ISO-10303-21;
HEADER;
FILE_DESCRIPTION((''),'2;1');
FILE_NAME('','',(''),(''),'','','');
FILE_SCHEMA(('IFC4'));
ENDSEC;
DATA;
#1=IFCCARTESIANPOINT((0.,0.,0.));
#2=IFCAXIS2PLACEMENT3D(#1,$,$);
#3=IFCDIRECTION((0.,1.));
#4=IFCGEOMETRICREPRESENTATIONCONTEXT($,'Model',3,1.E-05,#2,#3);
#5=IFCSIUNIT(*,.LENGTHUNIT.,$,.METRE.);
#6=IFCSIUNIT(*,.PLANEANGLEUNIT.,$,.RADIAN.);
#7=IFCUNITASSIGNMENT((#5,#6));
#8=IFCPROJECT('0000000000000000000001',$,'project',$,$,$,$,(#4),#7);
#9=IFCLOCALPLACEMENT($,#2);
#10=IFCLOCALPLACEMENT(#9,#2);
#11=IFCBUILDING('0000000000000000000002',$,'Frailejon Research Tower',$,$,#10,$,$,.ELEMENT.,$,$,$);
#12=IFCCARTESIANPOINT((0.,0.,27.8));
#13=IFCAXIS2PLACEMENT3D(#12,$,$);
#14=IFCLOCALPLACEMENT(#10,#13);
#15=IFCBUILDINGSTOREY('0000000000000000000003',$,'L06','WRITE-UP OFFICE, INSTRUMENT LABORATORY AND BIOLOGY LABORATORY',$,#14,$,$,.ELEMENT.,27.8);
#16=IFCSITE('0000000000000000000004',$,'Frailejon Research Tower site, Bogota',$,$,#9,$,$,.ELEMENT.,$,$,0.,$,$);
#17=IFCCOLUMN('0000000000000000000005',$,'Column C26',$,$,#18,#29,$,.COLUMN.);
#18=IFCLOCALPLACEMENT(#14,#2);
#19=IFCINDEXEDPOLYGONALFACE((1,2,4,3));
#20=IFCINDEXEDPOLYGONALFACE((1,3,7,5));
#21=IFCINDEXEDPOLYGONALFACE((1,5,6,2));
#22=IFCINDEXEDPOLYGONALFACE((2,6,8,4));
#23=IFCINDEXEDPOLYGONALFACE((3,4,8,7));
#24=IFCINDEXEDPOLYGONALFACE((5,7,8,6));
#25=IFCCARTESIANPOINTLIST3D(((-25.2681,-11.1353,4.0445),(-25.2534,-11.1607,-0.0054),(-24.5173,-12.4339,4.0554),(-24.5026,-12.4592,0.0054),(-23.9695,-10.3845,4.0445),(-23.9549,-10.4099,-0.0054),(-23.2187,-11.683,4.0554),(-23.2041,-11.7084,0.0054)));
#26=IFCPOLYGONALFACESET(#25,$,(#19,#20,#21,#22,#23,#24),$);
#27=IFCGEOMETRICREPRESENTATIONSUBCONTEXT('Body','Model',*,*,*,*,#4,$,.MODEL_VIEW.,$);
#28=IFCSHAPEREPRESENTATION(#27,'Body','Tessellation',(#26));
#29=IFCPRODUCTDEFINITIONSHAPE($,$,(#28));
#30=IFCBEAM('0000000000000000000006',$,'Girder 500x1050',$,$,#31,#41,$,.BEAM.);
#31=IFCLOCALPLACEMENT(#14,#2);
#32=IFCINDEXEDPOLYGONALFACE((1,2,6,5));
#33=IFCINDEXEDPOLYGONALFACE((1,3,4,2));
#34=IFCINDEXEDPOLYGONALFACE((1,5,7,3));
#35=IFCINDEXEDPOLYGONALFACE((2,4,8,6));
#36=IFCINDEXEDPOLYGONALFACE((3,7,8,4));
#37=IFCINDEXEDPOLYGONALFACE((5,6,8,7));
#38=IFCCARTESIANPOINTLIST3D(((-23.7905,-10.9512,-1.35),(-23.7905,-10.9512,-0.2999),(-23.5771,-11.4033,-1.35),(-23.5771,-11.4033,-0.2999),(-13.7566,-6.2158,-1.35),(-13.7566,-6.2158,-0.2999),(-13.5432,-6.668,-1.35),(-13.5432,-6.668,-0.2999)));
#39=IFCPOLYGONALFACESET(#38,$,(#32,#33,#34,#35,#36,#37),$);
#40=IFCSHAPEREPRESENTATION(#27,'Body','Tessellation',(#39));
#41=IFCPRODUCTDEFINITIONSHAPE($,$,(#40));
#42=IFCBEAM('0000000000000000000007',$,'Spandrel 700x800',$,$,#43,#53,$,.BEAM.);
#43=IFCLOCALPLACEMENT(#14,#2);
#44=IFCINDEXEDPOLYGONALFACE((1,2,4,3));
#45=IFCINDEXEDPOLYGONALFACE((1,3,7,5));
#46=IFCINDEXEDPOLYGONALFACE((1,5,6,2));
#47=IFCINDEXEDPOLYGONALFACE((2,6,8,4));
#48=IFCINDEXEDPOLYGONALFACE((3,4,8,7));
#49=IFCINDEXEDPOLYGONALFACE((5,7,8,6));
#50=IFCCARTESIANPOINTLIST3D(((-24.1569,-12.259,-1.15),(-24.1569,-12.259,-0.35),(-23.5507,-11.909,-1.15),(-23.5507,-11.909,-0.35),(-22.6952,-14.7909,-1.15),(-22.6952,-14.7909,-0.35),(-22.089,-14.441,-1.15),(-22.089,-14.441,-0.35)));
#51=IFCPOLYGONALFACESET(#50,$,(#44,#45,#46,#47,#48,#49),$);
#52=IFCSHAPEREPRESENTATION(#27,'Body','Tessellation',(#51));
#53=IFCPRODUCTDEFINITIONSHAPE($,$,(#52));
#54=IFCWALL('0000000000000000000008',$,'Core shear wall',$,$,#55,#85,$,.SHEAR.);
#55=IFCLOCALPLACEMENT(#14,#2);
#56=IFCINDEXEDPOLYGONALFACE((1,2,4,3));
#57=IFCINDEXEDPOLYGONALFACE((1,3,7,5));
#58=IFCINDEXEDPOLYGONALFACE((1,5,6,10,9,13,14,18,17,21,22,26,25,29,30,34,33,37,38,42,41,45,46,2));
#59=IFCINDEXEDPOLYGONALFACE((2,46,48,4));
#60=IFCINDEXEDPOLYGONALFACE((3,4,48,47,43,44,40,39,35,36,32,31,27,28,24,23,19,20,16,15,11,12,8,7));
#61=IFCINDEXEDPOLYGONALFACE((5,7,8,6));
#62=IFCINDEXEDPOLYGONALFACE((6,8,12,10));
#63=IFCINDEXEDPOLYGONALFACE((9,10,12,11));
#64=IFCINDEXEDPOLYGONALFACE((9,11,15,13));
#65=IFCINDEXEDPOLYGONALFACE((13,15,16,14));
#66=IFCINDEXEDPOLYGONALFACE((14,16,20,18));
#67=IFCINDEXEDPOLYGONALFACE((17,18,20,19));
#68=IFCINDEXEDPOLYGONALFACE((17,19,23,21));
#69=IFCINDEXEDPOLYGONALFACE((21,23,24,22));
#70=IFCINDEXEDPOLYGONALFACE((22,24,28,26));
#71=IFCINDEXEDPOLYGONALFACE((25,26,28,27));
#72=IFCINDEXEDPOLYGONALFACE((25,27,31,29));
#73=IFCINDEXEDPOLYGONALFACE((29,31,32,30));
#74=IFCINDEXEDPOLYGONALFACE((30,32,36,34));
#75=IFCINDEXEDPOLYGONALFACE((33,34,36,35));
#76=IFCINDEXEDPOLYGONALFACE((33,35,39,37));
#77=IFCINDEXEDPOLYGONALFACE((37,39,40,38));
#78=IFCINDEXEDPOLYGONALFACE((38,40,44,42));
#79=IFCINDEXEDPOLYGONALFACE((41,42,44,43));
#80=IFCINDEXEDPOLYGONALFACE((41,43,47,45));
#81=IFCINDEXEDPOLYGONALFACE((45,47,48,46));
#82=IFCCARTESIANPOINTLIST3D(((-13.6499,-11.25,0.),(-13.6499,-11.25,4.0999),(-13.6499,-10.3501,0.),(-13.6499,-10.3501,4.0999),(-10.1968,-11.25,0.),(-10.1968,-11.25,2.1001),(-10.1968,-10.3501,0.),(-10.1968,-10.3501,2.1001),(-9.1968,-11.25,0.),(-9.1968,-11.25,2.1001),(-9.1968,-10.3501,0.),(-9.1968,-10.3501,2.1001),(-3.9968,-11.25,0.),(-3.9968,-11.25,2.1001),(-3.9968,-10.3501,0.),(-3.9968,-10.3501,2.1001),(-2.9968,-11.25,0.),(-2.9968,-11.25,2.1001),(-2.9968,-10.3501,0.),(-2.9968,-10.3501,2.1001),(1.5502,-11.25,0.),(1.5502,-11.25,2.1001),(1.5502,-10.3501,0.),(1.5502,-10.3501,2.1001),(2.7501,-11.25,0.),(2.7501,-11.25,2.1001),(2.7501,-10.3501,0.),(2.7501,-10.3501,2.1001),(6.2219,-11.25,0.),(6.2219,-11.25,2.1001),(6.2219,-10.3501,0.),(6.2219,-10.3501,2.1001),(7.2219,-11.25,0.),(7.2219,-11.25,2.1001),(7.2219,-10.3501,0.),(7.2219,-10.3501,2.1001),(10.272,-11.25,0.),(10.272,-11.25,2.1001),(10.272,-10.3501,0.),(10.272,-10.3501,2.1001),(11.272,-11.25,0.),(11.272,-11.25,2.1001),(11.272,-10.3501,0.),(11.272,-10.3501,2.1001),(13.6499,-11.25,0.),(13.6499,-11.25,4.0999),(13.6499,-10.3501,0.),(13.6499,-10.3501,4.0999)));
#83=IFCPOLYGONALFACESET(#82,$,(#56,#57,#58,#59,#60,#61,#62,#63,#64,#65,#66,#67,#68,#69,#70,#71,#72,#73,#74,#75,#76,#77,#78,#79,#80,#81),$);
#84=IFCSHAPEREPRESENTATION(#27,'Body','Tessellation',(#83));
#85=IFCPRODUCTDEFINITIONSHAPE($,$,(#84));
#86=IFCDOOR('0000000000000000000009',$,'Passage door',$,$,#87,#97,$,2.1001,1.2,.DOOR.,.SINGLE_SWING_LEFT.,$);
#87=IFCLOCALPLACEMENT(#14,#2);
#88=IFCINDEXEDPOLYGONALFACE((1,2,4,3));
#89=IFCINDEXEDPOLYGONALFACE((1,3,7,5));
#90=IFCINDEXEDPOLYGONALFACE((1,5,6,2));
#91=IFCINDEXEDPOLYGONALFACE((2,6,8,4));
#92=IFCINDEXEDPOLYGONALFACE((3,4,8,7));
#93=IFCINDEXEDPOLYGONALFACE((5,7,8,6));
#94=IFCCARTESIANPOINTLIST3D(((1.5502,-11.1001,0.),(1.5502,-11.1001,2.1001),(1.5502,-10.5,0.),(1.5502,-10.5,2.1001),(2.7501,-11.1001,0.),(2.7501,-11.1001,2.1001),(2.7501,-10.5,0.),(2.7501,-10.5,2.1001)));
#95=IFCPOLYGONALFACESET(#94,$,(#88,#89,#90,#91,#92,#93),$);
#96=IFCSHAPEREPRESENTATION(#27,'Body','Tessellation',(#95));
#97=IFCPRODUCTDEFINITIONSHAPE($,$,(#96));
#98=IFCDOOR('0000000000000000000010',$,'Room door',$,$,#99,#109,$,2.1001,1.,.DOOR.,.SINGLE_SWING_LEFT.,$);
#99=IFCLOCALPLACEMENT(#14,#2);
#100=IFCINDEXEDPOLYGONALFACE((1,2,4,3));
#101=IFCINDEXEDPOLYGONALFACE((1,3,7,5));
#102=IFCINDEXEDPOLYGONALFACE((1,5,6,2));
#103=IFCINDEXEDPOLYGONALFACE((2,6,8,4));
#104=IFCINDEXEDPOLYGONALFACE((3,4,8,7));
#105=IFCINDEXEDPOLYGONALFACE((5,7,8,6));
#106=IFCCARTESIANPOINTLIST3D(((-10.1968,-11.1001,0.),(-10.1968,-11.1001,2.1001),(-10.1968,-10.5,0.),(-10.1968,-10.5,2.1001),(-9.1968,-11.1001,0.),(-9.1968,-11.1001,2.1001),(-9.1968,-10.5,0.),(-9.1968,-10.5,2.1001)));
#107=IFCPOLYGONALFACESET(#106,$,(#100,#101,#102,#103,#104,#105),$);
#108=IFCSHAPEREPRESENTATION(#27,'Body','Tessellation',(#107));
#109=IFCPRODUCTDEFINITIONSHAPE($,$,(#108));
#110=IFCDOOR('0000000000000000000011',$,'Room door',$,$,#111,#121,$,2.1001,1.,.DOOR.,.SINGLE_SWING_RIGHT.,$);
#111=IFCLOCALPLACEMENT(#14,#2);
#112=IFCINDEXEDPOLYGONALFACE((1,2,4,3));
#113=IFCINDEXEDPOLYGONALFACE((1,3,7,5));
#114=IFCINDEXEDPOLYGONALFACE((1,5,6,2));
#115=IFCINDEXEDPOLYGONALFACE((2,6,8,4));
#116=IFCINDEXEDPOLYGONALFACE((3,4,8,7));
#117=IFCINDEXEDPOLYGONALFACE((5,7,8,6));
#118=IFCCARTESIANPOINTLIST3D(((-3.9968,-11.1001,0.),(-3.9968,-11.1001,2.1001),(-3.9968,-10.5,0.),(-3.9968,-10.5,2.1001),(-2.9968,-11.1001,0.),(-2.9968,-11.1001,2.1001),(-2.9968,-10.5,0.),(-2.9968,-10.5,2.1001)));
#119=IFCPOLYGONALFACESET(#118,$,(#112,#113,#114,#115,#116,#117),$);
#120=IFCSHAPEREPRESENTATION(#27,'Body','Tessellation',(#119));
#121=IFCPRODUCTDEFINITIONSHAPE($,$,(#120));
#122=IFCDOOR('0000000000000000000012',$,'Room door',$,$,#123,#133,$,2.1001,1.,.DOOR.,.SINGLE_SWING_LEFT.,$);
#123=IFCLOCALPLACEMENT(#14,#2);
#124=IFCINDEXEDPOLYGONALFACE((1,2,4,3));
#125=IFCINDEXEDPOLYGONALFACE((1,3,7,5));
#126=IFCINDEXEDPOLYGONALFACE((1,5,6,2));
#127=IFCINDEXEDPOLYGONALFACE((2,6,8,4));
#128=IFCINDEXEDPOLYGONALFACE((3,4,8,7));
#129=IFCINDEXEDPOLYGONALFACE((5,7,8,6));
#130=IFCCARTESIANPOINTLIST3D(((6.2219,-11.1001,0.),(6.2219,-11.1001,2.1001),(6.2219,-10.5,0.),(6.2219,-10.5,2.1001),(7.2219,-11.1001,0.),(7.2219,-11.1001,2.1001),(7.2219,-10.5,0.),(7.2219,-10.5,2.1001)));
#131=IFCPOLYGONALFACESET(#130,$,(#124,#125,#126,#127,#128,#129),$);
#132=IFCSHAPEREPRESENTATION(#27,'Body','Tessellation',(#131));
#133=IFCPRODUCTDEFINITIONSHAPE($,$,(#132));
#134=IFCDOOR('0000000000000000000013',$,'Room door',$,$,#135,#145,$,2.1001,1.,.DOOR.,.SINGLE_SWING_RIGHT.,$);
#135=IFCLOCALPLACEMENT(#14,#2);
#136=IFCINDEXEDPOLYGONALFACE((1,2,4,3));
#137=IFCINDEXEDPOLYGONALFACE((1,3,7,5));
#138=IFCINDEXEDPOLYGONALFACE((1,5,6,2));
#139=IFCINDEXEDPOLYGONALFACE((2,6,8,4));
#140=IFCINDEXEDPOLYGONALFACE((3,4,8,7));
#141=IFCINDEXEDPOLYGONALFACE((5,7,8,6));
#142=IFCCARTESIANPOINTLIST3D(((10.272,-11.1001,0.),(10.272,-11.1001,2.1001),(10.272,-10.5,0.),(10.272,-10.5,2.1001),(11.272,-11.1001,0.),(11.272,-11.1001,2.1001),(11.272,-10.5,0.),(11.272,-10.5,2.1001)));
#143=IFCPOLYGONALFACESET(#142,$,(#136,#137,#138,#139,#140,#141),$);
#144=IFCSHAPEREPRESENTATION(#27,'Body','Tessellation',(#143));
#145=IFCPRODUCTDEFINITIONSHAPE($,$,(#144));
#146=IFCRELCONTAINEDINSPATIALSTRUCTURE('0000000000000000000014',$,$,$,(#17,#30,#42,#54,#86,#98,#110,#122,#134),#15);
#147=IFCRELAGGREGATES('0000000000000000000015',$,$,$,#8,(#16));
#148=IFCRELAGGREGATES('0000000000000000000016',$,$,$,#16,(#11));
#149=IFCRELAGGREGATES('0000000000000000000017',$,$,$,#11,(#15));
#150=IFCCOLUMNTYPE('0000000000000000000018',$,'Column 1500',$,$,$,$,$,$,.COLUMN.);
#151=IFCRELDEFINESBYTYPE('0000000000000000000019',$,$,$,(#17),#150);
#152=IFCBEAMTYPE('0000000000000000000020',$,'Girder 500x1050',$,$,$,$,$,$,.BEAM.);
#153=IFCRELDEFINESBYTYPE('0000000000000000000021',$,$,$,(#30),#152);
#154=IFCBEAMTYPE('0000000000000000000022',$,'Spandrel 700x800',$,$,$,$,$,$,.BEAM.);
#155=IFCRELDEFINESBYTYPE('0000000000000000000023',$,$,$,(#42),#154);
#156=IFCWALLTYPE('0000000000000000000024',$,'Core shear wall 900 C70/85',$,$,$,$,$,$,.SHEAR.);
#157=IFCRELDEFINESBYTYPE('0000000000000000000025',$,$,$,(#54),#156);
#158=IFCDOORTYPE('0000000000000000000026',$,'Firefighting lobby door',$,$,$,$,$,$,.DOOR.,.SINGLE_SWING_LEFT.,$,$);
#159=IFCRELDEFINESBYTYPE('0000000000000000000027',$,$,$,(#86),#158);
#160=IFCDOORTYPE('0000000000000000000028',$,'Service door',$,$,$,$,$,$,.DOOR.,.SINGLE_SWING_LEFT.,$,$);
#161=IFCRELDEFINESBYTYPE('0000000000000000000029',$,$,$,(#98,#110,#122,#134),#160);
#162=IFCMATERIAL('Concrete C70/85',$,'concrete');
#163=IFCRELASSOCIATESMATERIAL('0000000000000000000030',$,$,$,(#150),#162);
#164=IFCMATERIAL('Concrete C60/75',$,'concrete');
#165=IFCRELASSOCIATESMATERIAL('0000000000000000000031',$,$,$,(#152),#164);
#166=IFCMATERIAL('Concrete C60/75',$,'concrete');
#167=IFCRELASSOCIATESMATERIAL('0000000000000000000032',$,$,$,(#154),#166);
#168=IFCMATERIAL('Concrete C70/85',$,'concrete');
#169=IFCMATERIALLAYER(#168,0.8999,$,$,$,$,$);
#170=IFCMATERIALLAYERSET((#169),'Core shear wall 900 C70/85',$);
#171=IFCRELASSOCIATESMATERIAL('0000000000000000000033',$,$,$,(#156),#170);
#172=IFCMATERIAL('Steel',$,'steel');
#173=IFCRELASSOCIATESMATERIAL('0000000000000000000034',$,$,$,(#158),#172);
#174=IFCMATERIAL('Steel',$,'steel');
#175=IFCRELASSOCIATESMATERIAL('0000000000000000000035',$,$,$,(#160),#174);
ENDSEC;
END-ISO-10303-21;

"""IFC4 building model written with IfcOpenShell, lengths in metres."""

from ifc_helpers import new_model, si_unit, direction, frame, frame_2d, origin, origin_2d, place, context, subcontext, project, spatial, rectangle, extrude, material, layer, layer_set, material_profile, profile_set, type_object, element, fill, save


model = new_model("IFC4")

# Units and contexts
model_context = context("Model", 3, precision=1e-05, world=origin(), true_north=direction((0.0, 1.0)))
body_context = subcontext(model_context, "Body", "Model", "MODEL_VIEW")
ifc_project = project(units=[si_unit("LENGTHUNIT", "METRE"), si_unit("PLANEANGLEUNIT", "RADIAN")], contexts=[model_context])

# Site, building, storey
site_placement = place(None, origin())
site = spatial("IfcSite", under=ifc_project, at=site_placement, Name="Frailejon Research Tower site, Bogota", CompositionType="ELEMENT", RefElevation=0.0)
building_placement = place(site_placement, origin())
building = spatial("IfcBuilding", under=site, at=building_placement, Name="Frailejon Research Tower", CompositionType="ELEMENT")
storey_placement = place(building_placement, frame((0.0, 0.0, 27.8)))
storey = spatial("IfcBuildingStorey", under=building, at=storey_placement, Name="L06", Description="WRITE-UP OFFICE, INSTRUMENT LABORATORY AND BIOLOGY LABORATORY", CompositionType="ELEMENT", Elevation=27.8)

# Column
ifc_material_1 = material(Name="Concrete C70/85", Category="concrete")
ifc_material_profile_1 = material_profile(ifc_material_1, rectangle(XDim=1.5, YDim=1.5, at=origin_2d()), Name="Column 1500")
ifc_profile_set_1 = profile_set([ifc_material_profile_1], Name="Concrete C70/85")
column_type = type_object("IfcColumnType", Name="Column 1500", PredefinedType="COLUMN", material=ifc_profile_set_1)
column_placement = place(storey_placement, frame((-24.2288, -11.4346, 0.0), z_axis=(-0.003617, 0.006269, 0.999974), x_axis=(0.50053, -0.865689, 0.007238)))
element("IfcColumn", 1, at=column_placement, inside=storey, type_object=column_type, Name="Column C26", PredefinedType="COLUMN", context=body_context, shape_type="SweptSolid", body=[
    extrude(rectangle(XDim=1.5, YDim=1.5, at=origin_2d()), origin(), (0.0, 0.0, 1.0), 4.05),
])

# Beams
ifc_material_2 = material(Name="Concrete C60/75", Category="concrete")
ifc_material_profile_2 = material_profile(ifc_material_2, rectangle(XDim=0.5, YDim=1.05, at=origin_2d()), Name="Girder 500x1050")
ifc_profile_set_2 = profile_set([ifc_material_profile_2], Name="Concrete C60/75")
beam_type_1 = type_object("IfcBeamType", Name="Girder 500x1050", PredefinedType="BEAM", material=ifc_profile_set_2)
beam_1_placement = place(storey_placement, frame((-23.6838, -11.1772, -0.825), z_axis=(0.904349, 0.426793, 0.0), x_axis=(-0.426793, 0.904349, 0.0)))
element("IfcBeam", 2, at=beam_1_placement, inside=storey, type_object=beam_type_1, Name="Girder 500x1050", PredefinedType="BEAM", context=body_context, shape_type="SweptSolid", body=[
    extrude(rectangle(XDim=0.5, YDim=1.05, at=origin_2d()), origin(), (0.0, 0.0, 1.0), 11.0952),
])
ifc_material_3 = material(Name="Concrete C60/75", Category="concrete")
ifc_material_profile_3 = material_profile(ifc_material_3, rectangle(XDim=0.7, YDim=0.8, at=origin_2d()), Name="Spandrel 700x800")
ifc_profile_set_3 = profile_set([ifc_material_profile_3], Name="Concrete C60/75")
beam_type_2 = type_object("IfcBeamType", Name="Spandrel 700x800", PredefinedType="BEAM", material=ifc_profile_set_3)
beam_2_placement = place(storey_placement, frame((-23.8538, -12.084, -0.75), z_axis=(0.499956, -0.866051, 0.0), x_axis=(0.866051, 0.499956, 0.0)))
element("IfcBeam", 3, at=beam_2_placement, inside=storey, type_object=beam_type_2, Name="Spandrel 700x800", PredefinedType="BEAM", context=body_context, shape_type="SweptSolid", body=[
    extrude(rectangle(XDim=0.7, YDim=0.8, at=origin_2d()), origin(), (0.0, 0.0, 1.0), 2.9236),
])

# Wall, openings, doors
ifc_material_4 = material(Name="Concrete C70/85", Category="concrete")
ifc_layer_1 = layer(ifc_material_4, 0.8999)
ifc_layer_set_1 = layer_set([ifc_layer_1], Name="Core shear wall 900 C70/85")
wall_type_1 = type_object("IfcWallType", Name="Core shear wall 900 C70/85", PredefinedType="SHEAR", material=ifc_layer_set_1)
wall_1_placement = place(storey_placement, frame((-13.6499, -10.8, 0.0), z_axis=(0.0, 0.0, 1.0), x_axis=(1.0, 0.0, 0.0)))
wall_1 = element("IfcWall", 4, at=wall_1_placement, inside=storey, type_object=wall_type_1, Name="Core shear wall", PredefinedType="SHEAR", context=body_context, shape_type="SweptSolid", body=[
    extrude(rectangle(XDim=27.2998, YDim=0.8999, at=frame_2d((13.6499, 0.0))), origin(), (0.0, 0.0, 1.0), 4.0999),
])
opening_1_placement = place(wall_1_placement, frame((3.4531, 0.0, 0.0)))
opening_1 = element("IfcOpeningElement", 5, at=opening_1_placement, cuts=wall_1, PredefinedType="OPENING", context=body_context, shape_type="SweptSolid", body=[
    extrude(rectangle(XDim=1.0, YDim=2.1001, at=frame_2d((0.5, 1.05))), frame((0.0, 0.46, 0.0), z_axis=(0.0, -1.0, 0.0), x_axis=(1.0, 0.0, 0.0)), (0.0, 0.0, 1.0), 0.9199),
])
opening_2_placement = place(wall_1_placement, frame((9.6531, 0.0, 0.0)))
opening_2 = element("IfcOpeningElement", 6, at=opening_2_placement, cuts=wall_1, PredefinedType="OPENING", context=body_context, shape_type="SweptSolid", body=[
    extrude(rectangle(XDim=1.0, YDim=2.1001, at=frame_2d((0.5, 1.05))), frame((0.0, 0.46, 0.0), z_axis=(0.0, -1.0, 0.0), x_axis=(1.0, 0.0, 0.0)), (0.0, 0.0, 1.0), 0.9199),
])
opening_3_placement = place(wall_1_placement, frame((19.8718, 0.0, 0.0)))
opening_3 = element("IfcOpeningElement", 7, at=opening_3_placement, cuts=wall_1, PredefinedType="OPENING", context=body_context, shape_type="SweptSolid", body=[
    extrude(rectangle(XDim=1.0, YDim=2.1001, at=frame_2d((0.5, 1.05))), frame((0.0, 0.46, 0.0), z_axis=(0.0, -1.0, 0.0), x_axis=(1.0, 0.0, 0.0)), (0.0, 0.0, 1.0), 0.9199),
])
opening_4_placement = place(wall_1_placement, frame((23.9219, 0.0, 0.0)))
opening_4 = element("IfcOpeningElement", 8, at=opening_4_placement, cuts=wall_1, PredefinedType="OPENING", context=body_context, shape_type="SweptSolid", body=[
    extrude(rectangle(XDim=1.0, YDim=2.1001, at=frame_2d((0.5, 1.05))), frame((0.0, 0.46, 0.0), z_axis=(0.0, -1.0, 0.0), x_axis=(1.0, 0.0, 0.0)), (0.0, 0.0, 1.0), 0.9199),
])
opening_5_placement = place(wall_1_placement, frame((15.2, 0.0, 0.0)))
opening_5 = element("IfcOpeningElement", 9, at=opening_5_placement, cuts=wall_1, PredefinedType="OPENING", context=body_context, shape_type="SweptSolid", body=[
    extrude(rectangle(XDim=1.2, YDim=2.1001, at=frame_2d((0.6001, 1.05))), frame((0.0, 0.46, 0.0), z_axis=(0.0, -1.0, 0.0), x_axis=(1.0, 0.0, 0.0)), (0.0, 0.0, 1.0), 0.9199),
])
ifc_material_5 = material(Name="Steel", Category="steel")
door_type_1 = type_object("IfcDoorType", Name="Firefighting lobby door", OperationType="SINGLE_SWING_LEFT", PredefinedType="DOOR", material=ifc_material_5)
door_1_placement = place(opening_5_placement, origin())
door_1 = element("IfcDoor", 10, at=door_1_placement, inside=storey, type_object=door_type_1, Name="Passage door", OperationType="SINGLE_SWING_LEFT", OverallHeight=2.1001, OverallWidth=1.2, PredefinedType="DOOR", context=body_context, shape_type="SweptSolid", body=[
    extrude(rectangle(XDim=1.2, YDim=2.1001, at=frame_2d((0.6001, 1.05))), frame((0.0, 0.3, 0.0), z_axis=(0.0, -1.0, 0.0), x_axis=(1.0, 0.0, 0.0)), (0.0, 0.0, 1.0), 0.6001),
])
fill(opening_5, door_1)
ifc_material_6 = material(Name="Steel", Category="steel")
door_type_2 = type_object("IfcDoorType", Name="Service door", OperationType="SINGLE_SWING_LEFT", PredefinedType="DOOR", material=ifc_material_6)
door_2_placement = place(opening_1_placement, origin())
door_2 = element("IfcDoor", 11, at=door_2_placement, inside=storey, type_object=door_type_2, Name="Room door", OperationType="SINGLE_SWING_LEFT", OverallHeight=2.1001, OverallWidth=1.0, PredefinedType="DOOR", context=body_context, shape_type="SweptSolid", body=[
    extrude(rectangle(XDim=1.0, YDim=2.1001, at=frame_2d((0.5, 1.05))), frame((0.0, 0.3, 0.0), z_axis=(0.0, -1.0, 0.0), x_axis=(1.0, 0.0, 0.0)), (0.0, 0.0, 1.0), 0.6001),
])
fill(opening_1, door_2)
door_3_placement = place(opening_2_placement, origin())
door_3 = element("IfcDoor", 12, at=door_3_placement, inside=storey, type_object=door_type_2, Name="Room door", OperationType="SINGLE_SWING_RIGHT", OverallHeight=2.1001, OverallWidth=1.0, PredefinedType="DOOR", context=body_context, shape_type="SweptSolid", body=[
    extrude(rectangle(XDim=1.0, YDim=2.1001, at=frame_2d((0.5, 1.05))), frame((0.0, 0.3, 0.0), z_axis=(0.0, -1.0, 0.0), x_axis=(1.0, 0.0, 0.0)), (0.0, 0.0, 1.0), 0.6001),
])
fill(opening_2, door_3)
door_4_placement = place(opening_3_placement, origin())
door_4 = element("IfcDoor", 13, at=door_4_placement, inside=storey, type_object=door_type_2, Name="Room door", OperationType="SINGLE_SWING_LEFT", OverallHeight=2.1001, OverallWidth=1.0, PredefinedType="DOOR", context=body_context, shape_type="SweptSolid", body=[
    extrude(rectangle(XDim=1.0, YDim=2.1001, at=frame_2d((0.5, 1.05))), frame((0.0, 0.3, 0.0), z_axis=(0.0, -1.0, 0.0), x_axis=(1.0, 0.0, 0.0)), (0.0, 0.0, 1.0), 0.6001),
])
fill(opening_3, door_4)
door_5_placement = place(opening_4_placement, origin())
door_5 = element("IfcDoor", 14, at=door_5_placement, inside=storey, type_object=door_type_2, Name="Room door", OperationType="SINGLE_SWING_RIGHT", OverallHeight=2.1001, OverallWidth=1.0, PredefinedType="DOOR", context=body_context, shape_type="SweptSolid", body=[
    extrude(rectangle(XDim=1.0, YDim=2.1001, at=frame_2d((0.5, 1.05))), frame((0.0, 0.3, 0.0), z_axis=(0.0, -1.0, 0.0), x_axis=(1.0, 0.0, 0.0)), (0.0, 0.0, 1.0), 0.6001),
])
fill(opening_4, door_5)

save(model, "model.ifc")
